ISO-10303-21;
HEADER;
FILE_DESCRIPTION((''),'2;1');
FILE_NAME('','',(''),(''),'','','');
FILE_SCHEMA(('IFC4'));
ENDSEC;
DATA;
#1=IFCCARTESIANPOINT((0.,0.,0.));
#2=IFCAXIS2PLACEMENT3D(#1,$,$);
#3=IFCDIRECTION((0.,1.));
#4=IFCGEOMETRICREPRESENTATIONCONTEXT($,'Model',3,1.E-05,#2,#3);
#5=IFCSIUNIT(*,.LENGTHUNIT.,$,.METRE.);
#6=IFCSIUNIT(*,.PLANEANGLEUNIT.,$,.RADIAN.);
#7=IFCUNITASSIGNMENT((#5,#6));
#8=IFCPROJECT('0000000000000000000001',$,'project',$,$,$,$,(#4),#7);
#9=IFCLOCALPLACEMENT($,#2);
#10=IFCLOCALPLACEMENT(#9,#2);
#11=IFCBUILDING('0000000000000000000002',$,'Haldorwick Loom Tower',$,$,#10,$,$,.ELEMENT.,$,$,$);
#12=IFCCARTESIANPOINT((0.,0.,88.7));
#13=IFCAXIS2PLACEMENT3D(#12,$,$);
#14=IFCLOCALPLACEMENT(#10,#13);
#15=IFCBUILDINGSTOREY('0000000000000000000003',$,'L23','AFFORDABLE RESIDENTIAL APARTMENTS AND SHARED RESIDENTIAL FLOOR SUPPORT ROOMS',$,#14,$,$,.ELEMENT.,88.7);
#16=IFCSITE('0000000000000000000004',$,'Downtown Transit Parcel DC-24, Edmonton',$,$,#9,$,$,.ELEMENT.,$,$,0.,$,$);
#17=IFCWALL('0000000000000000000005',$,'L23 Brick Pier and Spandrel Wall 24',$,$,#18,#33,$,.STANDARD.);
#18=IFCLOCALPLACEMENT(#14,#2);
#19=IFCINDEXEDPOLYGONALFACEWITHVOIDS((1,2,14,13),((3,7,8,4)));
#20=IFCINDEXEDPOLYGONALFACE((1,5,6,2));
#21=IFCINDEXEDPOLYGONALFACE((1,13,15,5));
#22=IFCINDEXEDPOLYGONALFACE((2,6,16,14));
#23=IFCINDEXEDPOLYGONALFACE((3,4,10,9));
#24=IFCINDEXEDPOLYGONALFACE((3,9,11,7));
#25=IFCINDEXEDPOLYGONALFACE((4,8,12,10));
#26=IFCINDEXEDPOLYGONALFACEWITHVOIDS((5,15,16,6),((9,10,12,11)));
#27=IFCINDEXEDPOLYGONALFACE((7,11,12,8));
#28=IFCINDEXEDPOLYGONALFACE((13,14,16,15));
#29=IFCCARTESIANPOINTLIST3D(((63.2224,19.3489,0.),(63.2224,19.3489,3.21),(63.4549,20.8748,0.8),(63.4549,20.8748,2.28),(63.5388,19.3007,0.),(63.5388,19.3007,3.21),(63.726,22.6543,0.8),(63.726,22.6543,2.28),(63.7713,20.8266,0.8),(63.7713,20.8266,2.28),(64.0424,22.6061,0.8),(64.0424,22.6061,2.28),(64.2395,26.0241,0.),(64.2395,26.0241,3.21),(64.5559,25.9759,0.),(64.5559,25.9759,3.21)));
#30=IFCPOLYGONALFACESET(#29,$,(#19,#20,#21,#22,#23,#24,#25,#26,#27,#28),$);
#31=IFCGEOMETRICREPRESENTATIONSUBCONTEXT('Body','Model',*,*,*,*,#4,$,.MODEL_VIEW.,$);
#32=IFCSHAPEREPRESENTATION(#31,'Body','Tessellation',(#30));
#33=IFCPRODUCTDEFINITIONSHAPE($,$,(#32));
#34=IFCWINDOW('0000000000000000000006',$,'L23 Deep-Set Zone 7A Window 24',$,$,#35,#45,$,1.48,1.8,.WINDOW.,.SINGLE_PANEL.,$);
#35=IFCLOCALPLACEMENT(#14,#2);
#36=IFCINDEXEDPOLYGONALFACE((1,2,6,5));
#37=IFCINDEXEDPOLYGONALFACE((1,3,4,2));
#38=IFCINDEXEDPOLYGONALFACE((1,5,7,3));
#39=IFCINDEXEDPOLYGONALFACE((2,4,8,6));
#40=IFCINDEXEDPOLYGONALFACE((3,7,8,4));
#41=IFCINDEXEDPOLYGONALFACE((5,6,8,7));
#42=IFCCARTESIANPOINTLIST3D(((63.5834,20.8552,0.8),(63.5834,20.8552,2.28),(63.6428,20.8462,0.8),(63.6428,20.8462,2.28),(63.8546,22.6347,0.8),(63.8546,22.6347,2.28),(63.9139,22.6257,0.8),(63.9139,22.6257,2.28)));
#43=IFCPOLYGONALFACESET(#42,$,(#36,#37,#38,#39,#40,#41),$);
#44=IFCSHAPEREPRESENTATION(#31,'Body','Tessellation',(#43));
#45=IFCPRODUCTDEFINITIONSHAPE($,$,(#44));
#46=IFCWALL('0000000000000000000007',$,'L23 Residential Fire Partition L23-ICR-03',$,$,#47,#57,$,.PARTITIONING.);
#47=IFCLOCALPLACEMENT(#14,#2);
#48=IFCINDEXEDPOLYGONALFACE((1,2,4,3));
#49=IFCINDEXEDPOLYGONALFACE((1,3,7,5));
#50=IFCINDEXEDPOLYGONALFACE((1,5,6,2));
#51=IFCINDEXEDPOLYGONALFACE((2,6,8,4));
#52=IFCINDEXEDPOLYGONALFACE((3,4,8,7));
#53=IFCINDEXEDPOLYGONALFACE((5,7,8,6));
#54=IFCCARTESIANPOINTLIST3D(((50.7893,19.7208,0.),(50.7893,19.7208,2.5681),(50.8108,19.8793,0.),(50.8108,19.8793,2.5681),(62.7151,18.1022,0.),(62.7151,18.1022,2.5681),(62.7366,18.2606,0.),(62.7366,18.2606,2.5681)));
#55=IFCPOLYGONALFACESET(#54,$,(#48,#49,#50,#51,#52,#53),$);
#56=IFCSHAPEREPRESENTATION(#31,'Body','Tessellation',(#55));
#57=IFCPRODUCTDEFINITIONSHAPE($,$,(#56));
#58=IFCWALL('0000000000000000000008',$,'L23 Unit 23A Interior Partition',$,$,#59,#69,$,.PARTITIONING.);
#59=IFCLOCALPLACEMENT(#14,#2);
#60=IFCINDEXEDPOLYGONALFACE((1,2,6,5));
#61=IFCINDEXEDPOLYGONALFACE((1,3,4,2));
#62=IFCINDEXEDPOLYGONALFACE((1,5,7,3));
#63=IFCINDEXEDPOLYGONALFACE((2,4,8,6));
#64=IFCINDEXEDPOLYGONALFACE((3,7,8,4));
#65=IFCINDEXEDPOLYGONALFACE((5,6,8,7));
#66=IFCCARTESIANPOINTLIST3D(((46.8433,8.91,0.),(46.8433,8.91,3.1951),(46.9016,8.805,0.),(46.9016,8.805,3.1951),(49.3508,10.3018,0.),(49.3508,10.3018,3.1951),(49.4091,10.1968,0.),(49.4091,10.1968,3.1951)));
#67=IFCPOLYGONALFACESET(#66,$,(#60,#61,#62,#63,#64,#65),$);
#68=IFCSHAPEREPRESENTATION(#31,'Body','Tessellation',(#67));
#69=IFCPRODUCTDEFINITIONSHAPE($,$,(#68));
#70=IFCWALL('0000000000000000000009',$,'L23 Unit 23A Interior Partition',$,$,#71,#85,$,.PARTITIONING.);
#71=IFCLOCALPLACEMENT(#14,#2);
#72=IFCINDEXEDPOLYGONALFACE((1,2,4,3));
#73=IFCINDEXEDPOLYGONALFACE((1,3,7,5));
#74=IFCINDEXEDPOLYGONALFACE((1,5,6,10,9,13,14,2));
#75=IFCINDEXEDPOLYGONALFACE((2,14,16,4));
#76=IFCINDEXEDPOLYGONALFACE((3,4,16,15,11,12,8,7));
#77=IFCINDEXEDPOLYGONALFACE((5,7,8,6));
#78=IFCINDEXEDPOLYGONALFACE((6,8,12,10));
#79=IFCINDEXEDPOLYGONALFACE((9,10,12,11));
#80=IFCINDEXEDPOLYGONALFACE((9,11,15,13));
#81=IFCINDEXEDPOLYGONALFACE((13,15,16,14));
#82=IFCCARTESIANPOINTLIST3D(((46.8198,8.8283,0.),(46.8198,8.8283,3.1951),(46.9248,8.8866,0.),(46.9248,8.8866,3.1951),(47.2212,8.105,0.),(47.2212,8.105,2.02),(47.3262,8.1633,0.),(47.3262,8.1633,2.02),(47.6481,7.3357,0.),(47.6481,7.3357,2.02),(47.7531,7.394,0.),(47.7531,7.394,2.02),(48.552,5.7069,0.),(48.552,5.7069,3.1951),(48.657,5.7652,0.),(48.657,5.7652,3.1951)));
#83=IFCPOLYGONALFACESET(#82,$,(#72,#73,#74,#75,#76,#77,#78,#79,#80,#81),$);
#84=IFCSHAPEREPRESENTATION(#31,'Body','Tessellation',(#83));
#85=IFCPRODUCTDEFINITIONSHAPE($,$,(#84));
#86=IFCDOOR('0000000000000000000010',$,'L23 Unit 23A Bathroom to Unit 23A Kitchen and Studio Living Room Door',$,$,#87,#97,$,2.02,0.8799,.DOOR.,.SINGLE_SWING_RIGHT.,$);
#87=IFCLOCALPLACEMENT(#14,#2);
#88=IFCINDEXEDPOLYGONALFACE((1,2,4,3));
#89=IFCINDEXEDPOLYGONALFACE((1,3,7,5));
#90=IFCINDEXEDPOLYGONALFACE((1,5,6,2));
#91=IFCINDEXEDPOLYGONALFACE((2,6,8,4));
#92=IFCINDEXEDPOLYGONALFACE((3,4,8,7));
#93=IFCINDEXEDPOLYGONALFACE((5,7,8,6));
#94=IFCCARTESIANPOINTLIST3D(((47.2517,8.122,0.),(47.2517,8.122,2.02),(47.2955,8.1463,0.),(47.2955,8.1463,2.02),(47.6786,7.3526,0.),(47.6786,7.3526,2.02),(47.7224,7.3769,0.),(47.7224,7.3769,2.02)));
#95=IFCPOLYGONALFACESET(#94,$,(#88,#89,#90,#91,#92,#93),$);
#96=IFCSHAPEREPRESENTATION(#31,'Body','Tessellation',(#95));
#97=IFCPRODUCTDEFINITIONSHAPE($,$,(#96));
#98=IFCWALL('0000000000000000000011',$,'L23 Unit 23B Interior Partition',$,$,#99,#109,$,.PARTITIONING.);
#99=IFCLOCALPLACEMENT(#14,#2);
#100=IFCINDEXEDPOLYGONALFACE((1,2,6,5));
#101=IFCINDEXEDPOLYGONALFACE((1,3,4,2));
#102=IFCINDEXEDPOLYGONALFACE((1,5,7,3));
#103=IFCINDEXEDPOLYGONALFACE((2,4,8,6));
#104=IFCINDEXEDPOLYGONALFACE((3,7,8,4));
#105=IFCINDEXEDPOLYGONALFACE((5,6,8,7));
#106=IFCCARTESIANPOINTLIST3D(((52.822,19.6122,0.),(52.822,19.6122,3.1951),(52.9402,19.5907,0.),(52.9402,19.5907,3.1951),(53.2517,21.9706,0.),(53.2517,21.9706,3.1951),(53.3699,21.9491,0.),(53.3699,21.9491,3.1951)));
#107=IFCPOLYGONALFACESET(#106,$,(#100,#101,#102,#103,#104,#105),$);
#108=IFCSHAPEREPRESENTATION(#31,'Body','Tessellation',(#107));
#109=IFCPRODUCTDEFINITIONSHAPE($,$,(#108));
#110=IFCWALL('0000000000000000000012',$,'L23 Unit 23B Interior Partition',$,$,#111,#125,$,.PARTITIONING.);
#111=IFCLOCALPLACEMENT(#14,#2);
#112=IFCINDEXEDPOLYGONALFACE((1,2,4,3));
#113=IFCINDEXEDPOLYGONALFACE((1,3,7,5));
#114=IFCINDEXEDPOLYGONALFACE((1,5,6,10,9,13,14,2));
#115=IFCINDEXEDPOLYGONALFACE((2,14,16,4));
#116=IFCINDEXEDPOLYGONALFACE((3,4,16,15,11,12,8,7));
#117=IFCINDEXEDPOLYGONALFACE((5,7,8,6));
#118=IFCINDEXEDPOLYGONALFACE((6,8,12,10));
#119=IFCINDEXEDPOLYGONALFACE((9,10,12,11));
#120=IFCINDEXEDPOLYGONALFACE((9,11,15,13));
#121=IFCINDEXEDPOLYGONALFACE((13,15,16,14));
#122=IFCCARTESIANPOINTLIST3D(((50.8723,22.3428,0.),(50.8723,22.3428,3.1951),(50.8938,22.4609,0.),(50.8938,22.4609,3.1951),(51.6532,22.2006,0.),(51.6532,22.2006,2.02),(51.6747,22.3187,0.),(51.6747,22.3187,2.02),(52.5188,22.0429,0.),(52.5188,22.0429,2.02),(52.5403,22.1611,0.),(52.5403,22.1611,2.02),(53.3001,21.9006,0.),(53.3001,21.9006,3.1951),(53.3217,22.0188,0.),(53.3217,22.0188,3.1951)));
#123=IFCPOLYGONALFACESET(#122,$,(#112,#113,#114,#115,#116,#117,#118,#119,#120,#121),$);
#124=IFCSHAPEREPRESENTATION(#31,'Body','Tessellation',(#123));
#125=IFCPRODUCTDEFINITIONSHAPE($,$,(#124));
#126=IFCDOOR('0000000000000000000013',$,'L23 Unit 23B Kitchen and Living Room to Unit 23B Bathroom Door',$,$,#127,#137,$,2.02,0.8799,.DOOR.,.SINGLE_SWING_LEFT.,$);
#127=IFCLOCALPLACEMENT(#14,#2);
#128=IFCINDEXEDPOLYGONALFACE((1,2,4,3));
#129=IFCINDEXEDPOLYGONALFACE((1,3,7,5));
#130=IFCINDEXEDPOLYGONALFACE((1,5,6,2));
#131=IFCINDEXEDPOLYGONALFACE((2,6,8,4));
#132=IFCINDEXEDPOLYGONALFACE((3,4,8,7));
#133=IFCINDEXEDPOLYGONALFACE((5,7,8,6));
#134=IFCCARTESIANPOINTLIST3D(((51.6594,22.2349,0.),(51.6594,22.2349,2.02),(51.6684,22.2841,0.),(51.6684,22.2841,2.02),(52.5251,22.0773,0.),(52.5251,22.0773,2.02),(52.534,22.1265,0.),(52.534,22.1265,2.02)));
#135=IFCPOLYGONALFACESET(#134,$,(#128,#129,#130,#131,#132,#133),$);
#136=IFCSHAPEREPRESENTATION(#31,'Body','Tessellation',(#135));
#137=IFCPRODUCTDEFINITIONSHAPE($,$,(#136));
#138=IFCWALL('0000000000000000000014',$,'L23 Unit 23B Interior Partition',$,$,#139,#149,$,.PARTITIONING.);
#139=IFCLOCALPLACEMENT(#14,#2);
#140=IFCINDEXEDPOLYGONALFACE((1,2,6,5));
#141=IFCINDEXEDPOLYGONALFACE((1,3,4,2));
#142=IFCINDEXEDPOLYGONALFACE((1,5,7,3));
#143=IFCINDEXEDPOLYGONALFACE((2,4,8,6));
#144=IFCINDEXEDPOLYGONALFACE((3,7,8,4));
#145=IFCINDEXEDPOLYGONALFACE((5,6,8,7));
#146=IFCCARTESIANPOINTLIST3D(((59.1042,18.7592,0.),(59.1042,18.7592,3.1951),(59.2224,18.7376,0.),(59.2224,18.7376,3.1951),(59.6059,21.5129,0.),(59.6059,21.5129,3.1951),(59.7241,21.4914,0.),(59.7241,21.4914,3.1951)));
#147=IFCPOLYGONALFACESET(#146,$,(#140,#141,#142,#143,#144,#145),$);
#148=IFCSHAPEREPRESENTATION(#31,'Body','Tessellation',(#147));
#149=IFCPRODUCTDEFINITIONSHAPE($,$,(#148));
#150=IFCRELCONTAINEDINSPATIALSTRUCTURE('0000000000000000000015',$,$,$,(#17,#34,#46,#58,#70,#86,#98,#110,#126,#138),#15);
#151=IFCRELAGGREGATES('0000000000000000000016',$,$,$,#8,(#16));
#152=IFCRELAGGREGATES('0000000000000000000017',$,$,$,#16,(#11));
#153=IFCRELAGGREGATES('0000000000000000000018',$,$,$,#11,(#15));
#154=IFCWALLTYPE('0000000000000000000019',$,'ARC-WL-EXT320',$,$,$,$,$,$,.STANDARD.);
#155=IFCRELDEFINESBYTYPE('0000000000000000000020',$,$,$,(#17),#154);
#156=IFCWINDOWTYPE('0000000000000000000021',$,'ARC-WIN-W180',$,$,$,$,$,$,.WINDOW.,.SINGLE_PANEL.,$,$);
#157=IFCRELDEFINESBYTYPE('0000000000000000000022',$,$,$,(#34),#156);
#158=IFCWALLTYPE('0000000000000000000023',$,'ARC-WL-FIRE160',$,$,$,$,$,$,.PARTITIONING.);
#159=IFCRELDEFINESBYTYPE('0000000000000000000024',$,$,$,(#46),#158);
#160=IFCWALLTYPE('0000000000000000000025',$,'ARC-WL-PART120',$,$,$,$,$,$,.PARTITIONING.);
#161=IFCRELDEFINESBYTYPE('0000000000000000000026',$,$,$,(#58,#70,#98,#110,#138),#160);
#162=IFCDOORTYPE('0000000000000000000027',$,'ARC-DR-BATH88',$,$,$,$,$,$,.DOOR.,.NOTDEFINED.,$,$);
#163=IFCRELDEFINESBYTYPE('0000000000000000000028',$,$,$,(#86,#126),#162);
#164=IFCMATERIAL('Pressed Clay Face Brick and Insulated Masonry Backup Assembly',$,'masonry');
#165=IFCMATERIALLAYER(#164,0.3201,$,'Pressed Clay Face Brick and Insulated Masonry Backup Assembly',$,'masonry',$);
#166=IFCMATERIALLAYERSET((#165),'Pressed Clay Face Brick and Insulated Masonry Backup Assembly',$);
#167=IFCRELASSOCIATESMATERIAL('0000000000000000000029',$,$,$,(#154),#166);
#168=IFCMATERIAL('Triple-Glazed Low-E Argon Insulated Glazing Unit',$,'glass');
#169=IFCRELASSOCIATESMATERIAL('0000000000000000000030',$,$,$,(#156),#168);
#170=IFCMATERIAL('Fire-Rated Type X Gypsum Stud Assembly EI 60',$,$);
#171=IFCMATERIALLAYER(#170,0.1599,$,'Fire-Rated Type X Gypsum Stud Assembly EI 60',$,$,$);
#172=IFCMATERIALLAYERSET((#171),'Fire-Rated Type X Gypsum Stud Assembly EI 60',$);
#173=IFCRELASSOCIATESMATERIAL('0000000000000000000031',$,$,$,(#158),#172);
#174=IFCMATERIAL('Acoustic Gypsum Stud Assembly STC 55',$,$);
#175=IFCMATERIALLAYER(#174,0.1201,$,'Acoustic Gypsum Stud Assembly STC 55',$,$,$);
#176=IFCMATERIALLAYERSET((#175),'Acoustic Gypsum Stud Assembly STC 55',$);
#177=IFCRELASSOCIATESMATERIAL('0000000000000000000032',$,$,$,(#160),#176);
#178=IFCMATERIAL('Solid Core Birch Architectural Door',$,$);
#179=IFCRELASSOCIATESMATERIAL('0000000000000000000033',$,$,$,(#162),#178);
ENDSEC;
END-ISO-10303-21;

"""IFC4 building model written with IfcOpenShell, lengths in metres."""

from ifc_helpers import new_model, si_unit, direction, frame, frame_2d, origin, place, context, subcontext, project, spatial, rectangle, extrude, material, layer, layer_set, type_object, element, fill, save


model = new_model("IFC4")

# Units and contexts
model_context = context("Model", 3, precision=1e-05, world=origin(), true_north=direction((0.0, 1.0)))
body_context = subcontext(model_context, "Body", "Model", "MODEL_VIEW")
ifc_project = project(units=[si_unit("LENGTHUNIT", "METRE"), si_unit("PLANEANGLEUNIT", "RADIAN")], contexts=[model_context])

# Site, building, storey
site_placement = place(None, origin())
site = spatial("IfcSite", under=ifc_project, at=site_placement, Name="Downtown Transit Parcel DC-24, Edmonton", CompositionType="ELEMENT", RefElevation=0.0)
building_placement = place(site_placement, origin())
building = spatial("IfcBuilding", under=site, at=building_placement, Name="Haldorwick Loom Tower", CompositionType="ELEMENT")
storey_placement = place(building_placement, frame((0.0, 0.0, 88.7)))
storey = spatial("IfcBuildingStorey", under=building, at=storey_placement, Name="L23", Description="AFFORDABLE RESIDENTIAL APARTMENTS AND SHARED RESIDENTIAL FLOOR SUPPORT ROOMS", CompositionType="ELEMENT", Elevation=88.7)

# Shared definitions
ifc_material_1 = material(Name="Pressed Clay Face Brick and Insulated Masonry Backup Assembly", Category="masonry")
ifc_layer_1 = layer(ifc_material_1, 0.3201, Name="Pressed Clay Face Brick and Insulated Masonry Backup Assembly", Category="masonry")
ifc_layer_set_1 = layer_set([ifc_layer_1], Name="Pressed Clay Face Brick and Insulated Masonry Backup Assembly")
wall_type_1 = type_object("IfcWallType", Name="ARC-WL-EXT320", PredefinedType="STANDARD", material=ifc_layer_set_1)
ifc_material_2 = material(Name="Triple-Glazed Low-E Argon Insulated Glazing Unit", Category="glass")
window_type = type_object("IfcWindowType", Name="ARC-WIN-W180", PartitioningType="SINGLE_PANEL", PredefinedType="WINDOW", material=ifc_material_2)

# Wall, opening, window
wall_1_placement = place(storey_placement, frame((63.3806, 19.325, 0.0), z_axis=(0.0, 0.0, 1.0), x_axis=(0.150633, 0.98859, 0.0)))
wall_1 = element("IfcWall", 1, at=wall_1_placement, inside=storey, type_object=wall_type_1, Name="L23 Brick Pier and Spandrel Wall 24", PredefinedType="STANDARD", context=body_context, shape_type="SweptSolid", body=[
    extrude(rectangle(XDim=6.7522, YDim=0.3201, at=frame_2d((3.376, 0.0))), origin(), (0.0, 0.0, 1.0), 3.21),
])
opening_1_placement = place(wall_1_placement, frame((1.5435, 0.0, 0.8)))
opening_1 = element("IfcOpeningElement", 2, at=opening_1_placement, cuts=wall_1, PredefinedType="OPENING", context=body_context, shape_type="SweptSolid", body=[
    extrude(rectangle(XDim=1.8, YDim=1.48, at=frame_2d((0.8999, 0.74))), frame((0.0, 0.1699, 0.0), z_axis=(0.0, -1.0, 0.0), x_axis=(1.0, 0.0, 0.0)), (0.0, 0.0, 1.0), 0.3401),
])
window_1_placement = place(opening_1_placement, origin())
window_1 = element("IfcWindow", 3, at=window_1_placement, inside=storey, type_object=window_type, Name="L23 Deep-Set Zone 7A Window 24", OverallHeight=1.48, OverallWidth=1.8, PartitioningType="SINGLE_PANEL", PredefinedType="WINDOW", context=body_context, shape_type="SweptSolid", body=[
    extrude(rectangle(XDim=1.8, YDim=1.48, at=frame_2d((0.8999, 0.74))), frame((0.0, 0.03, 0.0), z_axis=(0.0, -1.0, 0.0), x_axis=(1.0, 0.0, 0.0)), (0.0, 0.0, 1.0), 0.0601),
])
fill(opening_1, window_1)

# Walls
ifc_material_3 = material(Name="Fire-Rated Type X Gypsum Stud Assembly EI 60")
ifc_layer_2 = layer(ifc_material_3, 0.1599, Name="Fire-Rated Type X Gypsum Stud Assembly EI 60")
ifc_layer_set_2 = layer_set([ifc_layer_2], Name="Fire-Rated Type X Gypsum Stud Assembly EI 60")
wall_type_2 = type_object("IfcWallType", Name="ARC-WL-FIRE160", PredefinedType="PARTITIONING", material=ifc_layer_set_2)
wall_2_placement = place(storey_placement, frame((50.8, 19.8, 0.0), z_axis=(0.0, 0.0, 1.0), x_axis=(0.990914, -0.134494, 0.0)))
element("IfcWall", 4, at=wall_2_placement, inside=storey, type_object=wall_type_2, Name="L23 Residential Fire Partition L23-ICR-03", PredefinedType="PARTITIONING", context=body_context, shape_type="SweptSolid", body=[
    extrude(rectangle(XDim=12.0352, YDim=0.1599, at=frame_2d((6.0176, 0.0))), origin(), (0.0, 0.0, 1.0), 2.5681),
])
ifc_material_4 = material(Name="Acoustic Gypsum Stud Assembly STC 55")
ifc_layer_3 = layer(ifc_material_4, 0.1201, Name="Acoustic Gypsum Stud Assembly STC 55")
ifc_layer_set_3 = layer_set([ifc_layer_3], Name="Acoustic Gypsum Stud Assembly STC 55")
wall_type_3 = type_object("IfcWallType", Name="ARC-WL-PART120", PredefinedType="PARTITIONING", material=ifc_layer_set_3)
wall_3_placement = place(storey_placement, frame((46.8723, 8.8574, 0.0), z_axis=(0.0, 0.0, 1.0), x_axis=(0.874342, 0.48531, 0.0)))
element("IfcWall", 5, at=wall_3_placement, inside=storey, type_object=wall_type_3, Name="L23 Unit 23A Interior Partition", PredefinedType="PARTITIONING", context=body_context, shape_type="SweptSolid", body=[
    extrude(rectangle(XDim=2.8679, YDim=0.1201, at=frame_2d((1.4341, 0.0))), origin(), (0.0, 0.0, 1.0), 3.1951),
])

# Wall, opening, door
wall_4_placement = place(storey_placement, frame((46.8723, 8.8574, 0.0), z_axis=(0.0, 0.0, 1.0), x_axis=(0.485236, -0.874383, 0.0)))
wall_4 = element("IfcWall", 6, at=wall_4_placement, inside=storey, type_object=wall_type_3, Name="L23 Unit 23A Interior Partition", PredefinedType="PARTITIONING", context=body_context, shape_type="SweptSolid", body=[
    extrude(rectangle(XDim=3.5698, YDim=0.1201, at=frame_2d((1.7849, 0.0))), origin(), (0.0, 0.0, 1.0), 3.1951),
])
opening_2_placement = place(wall_4_placement, frame((0.8271, 0.0, 0.0)))
opening_2 = element("IfcOpeningElement", 7, at=opening_2_placement, cuts=wall_4, PredefinedType="OPENING", context=body_context, shape_type="SweptSolid", body=[
    extrude(rectangle(XDim=0.8799, YDim=2.02, at=frame_2d((0.4399, 1.01))), frame((0.0, 0.0701, 0.0), z_axis=(0.0, -1.0, 0.0), x_axis=(1.0, 0.0, 0.0)), (0.0, 0.0, 1.0), 0.1401),
])
ifc_material_5 = material(Name="Solid Core Birch Architectural Door")
door_type_1 = type_object("IfcDoorType", Name="ARC-DR-BATH88", OperationType="NOTDEFINED", PredefinedType="DOOR", material=ifc_material_5)
door_1_placement = place(opening_2_placement, origin())
door_1 = element("IfcDoor", 8, at=door_1_placement, inside=storey, type_object=door_type_1, Name="L23 Unit 23A Bathroom to Unit 23A Kitchen and Studio Living Room Door", OperationType="SINGLE_SWING_RIGHT", OverallHeight=2.02, OverallWidth=0.8799, PredefinedType="DOOR", context=body_context, shape_type="SweptSolid", body=[
    extrude(rectangle(XDim=0.8799, YDim=2.02, at=frame_2d((0.4399, 1.01))), frame((0.0, 0.0249, 0.0), z_axis=(0.0, -1.0, 0.0), x_axis=(1.0, 0.0, 0.0)), (0.0, 0.0, 1.0), 0.05),
])
fill(opening_2, door_1)

# Wall
wall_5_placement = place(storey_placement, frame((52.8811, 19.6013, 0.0), z_axis=(0.0, 0.0, 1.0), x_axis=(0.179244, 0.983805, 0.0)))
element("IfcWall", 9, at=wall_5_placement, inside=storey, type_object=wall_type_3, Name="L23 Unit 23B Interior Partition", PredefinedType="PARTITIONING", context=body_context, shape_type="SweptSolid", body=[
    extrude(rectangle(XDim=2.3972, YDim=0.1201, at=frame_2d((1.1987, 0.0))), origin(), (0.0, 0.0, 1.0), 3.1951),
])

# Wall, opening, door
wall_6_placement = place(storey_placement, frame((50.8831, 22.4019, 0.0), z_axis=(0.0, 0.0, 1.0), x_axis=(0.983818, -0.179173, 0.0)))
wall_6 = element("IfcWall", 10, at=wall_6_placement, inside=storey, type_object=wall_type_3, Name="L23 Unit 23B Interior Partition", PredefinedType="PARTITIONING", context=body_context, shape_type="SweptSolid", body=[
    extrude(rectangle(XDim=2.4678, YDim=0.1201, at=frame_2d((1.2339, 0.0))), origin(), (0.0, 0.0, 1.0), 3.1951),
])
opening_3_placement = place(wall_6_placement, frame((0.7937, 0.0, 0.0)))
opening_3 = element("IfcOpeningElement", 11, at=opening_3_placement, cuts=wall_6, PredefinedType="OPENING", context=body_context, shape_type="SweptSolid", body=[
    extrude(rectangle(XDim=0.8799, YDim=2.02, at=frame_2d((0.4399, 1.01))), frame((0.0, 0.0701, 0.0), z_axis=(0.0, -1.0, 0.0), x_axis=(1.0, 0.0, 0.0)), (0.0, 0.0, 1.0), 0.1401),
])
door_2_placement = place(opening_3_placement, origin())
door_2 = element("IfcDoor", 12, at=door_2_placement, inside=storey, type_object=door_type_1, Name="L23 Unit 23B Kitchen and Living Room to Unit 23B Bathroom Door", OperationType="SINGLE_SWING_LEFT", OverallHeight=2.02, OverallWidth=0.8799, PredefinedType="DOOR", context=body_context, shape_type="SweptSolid", body=[
    extrude(rectangle(XDim=0.8799, YDim=2.02, at=frame_2d((0.4399, 1.01))), frame((0.0, 0.0249, 0.0), z_axis=(0.0, -1.0, 0.0), x_axis=(1.0, 0.0, 0.0)), (0.0, 0.0, 1.0), 0.05),
])
fill(opening_3, door_2)

# Wall
wall_7_placement = place(storey_placement, frame((59.1633, 18.7485, 0.0), z_axis=(0.0, 0.0, 1.0), x_axis=(0.179246, 0.983804, 0.0)))
element("IfcWall", 13, at=wall_7_placement, inside=storey, type_object=wall_type_3, Name="L23 Unit 23B Interior Partition", PredefinedType="PARTITIONING", context=body_context, shape_type="SweptSolid", body=[
    extrude(rectangle(XDim=2.7991, YDim=0.1201, at=frame_2d((1.3994, 0.0))), origin(), (0.0, 0.0, 1.0), 3.1951),
])

save(model, "model.ifc")
